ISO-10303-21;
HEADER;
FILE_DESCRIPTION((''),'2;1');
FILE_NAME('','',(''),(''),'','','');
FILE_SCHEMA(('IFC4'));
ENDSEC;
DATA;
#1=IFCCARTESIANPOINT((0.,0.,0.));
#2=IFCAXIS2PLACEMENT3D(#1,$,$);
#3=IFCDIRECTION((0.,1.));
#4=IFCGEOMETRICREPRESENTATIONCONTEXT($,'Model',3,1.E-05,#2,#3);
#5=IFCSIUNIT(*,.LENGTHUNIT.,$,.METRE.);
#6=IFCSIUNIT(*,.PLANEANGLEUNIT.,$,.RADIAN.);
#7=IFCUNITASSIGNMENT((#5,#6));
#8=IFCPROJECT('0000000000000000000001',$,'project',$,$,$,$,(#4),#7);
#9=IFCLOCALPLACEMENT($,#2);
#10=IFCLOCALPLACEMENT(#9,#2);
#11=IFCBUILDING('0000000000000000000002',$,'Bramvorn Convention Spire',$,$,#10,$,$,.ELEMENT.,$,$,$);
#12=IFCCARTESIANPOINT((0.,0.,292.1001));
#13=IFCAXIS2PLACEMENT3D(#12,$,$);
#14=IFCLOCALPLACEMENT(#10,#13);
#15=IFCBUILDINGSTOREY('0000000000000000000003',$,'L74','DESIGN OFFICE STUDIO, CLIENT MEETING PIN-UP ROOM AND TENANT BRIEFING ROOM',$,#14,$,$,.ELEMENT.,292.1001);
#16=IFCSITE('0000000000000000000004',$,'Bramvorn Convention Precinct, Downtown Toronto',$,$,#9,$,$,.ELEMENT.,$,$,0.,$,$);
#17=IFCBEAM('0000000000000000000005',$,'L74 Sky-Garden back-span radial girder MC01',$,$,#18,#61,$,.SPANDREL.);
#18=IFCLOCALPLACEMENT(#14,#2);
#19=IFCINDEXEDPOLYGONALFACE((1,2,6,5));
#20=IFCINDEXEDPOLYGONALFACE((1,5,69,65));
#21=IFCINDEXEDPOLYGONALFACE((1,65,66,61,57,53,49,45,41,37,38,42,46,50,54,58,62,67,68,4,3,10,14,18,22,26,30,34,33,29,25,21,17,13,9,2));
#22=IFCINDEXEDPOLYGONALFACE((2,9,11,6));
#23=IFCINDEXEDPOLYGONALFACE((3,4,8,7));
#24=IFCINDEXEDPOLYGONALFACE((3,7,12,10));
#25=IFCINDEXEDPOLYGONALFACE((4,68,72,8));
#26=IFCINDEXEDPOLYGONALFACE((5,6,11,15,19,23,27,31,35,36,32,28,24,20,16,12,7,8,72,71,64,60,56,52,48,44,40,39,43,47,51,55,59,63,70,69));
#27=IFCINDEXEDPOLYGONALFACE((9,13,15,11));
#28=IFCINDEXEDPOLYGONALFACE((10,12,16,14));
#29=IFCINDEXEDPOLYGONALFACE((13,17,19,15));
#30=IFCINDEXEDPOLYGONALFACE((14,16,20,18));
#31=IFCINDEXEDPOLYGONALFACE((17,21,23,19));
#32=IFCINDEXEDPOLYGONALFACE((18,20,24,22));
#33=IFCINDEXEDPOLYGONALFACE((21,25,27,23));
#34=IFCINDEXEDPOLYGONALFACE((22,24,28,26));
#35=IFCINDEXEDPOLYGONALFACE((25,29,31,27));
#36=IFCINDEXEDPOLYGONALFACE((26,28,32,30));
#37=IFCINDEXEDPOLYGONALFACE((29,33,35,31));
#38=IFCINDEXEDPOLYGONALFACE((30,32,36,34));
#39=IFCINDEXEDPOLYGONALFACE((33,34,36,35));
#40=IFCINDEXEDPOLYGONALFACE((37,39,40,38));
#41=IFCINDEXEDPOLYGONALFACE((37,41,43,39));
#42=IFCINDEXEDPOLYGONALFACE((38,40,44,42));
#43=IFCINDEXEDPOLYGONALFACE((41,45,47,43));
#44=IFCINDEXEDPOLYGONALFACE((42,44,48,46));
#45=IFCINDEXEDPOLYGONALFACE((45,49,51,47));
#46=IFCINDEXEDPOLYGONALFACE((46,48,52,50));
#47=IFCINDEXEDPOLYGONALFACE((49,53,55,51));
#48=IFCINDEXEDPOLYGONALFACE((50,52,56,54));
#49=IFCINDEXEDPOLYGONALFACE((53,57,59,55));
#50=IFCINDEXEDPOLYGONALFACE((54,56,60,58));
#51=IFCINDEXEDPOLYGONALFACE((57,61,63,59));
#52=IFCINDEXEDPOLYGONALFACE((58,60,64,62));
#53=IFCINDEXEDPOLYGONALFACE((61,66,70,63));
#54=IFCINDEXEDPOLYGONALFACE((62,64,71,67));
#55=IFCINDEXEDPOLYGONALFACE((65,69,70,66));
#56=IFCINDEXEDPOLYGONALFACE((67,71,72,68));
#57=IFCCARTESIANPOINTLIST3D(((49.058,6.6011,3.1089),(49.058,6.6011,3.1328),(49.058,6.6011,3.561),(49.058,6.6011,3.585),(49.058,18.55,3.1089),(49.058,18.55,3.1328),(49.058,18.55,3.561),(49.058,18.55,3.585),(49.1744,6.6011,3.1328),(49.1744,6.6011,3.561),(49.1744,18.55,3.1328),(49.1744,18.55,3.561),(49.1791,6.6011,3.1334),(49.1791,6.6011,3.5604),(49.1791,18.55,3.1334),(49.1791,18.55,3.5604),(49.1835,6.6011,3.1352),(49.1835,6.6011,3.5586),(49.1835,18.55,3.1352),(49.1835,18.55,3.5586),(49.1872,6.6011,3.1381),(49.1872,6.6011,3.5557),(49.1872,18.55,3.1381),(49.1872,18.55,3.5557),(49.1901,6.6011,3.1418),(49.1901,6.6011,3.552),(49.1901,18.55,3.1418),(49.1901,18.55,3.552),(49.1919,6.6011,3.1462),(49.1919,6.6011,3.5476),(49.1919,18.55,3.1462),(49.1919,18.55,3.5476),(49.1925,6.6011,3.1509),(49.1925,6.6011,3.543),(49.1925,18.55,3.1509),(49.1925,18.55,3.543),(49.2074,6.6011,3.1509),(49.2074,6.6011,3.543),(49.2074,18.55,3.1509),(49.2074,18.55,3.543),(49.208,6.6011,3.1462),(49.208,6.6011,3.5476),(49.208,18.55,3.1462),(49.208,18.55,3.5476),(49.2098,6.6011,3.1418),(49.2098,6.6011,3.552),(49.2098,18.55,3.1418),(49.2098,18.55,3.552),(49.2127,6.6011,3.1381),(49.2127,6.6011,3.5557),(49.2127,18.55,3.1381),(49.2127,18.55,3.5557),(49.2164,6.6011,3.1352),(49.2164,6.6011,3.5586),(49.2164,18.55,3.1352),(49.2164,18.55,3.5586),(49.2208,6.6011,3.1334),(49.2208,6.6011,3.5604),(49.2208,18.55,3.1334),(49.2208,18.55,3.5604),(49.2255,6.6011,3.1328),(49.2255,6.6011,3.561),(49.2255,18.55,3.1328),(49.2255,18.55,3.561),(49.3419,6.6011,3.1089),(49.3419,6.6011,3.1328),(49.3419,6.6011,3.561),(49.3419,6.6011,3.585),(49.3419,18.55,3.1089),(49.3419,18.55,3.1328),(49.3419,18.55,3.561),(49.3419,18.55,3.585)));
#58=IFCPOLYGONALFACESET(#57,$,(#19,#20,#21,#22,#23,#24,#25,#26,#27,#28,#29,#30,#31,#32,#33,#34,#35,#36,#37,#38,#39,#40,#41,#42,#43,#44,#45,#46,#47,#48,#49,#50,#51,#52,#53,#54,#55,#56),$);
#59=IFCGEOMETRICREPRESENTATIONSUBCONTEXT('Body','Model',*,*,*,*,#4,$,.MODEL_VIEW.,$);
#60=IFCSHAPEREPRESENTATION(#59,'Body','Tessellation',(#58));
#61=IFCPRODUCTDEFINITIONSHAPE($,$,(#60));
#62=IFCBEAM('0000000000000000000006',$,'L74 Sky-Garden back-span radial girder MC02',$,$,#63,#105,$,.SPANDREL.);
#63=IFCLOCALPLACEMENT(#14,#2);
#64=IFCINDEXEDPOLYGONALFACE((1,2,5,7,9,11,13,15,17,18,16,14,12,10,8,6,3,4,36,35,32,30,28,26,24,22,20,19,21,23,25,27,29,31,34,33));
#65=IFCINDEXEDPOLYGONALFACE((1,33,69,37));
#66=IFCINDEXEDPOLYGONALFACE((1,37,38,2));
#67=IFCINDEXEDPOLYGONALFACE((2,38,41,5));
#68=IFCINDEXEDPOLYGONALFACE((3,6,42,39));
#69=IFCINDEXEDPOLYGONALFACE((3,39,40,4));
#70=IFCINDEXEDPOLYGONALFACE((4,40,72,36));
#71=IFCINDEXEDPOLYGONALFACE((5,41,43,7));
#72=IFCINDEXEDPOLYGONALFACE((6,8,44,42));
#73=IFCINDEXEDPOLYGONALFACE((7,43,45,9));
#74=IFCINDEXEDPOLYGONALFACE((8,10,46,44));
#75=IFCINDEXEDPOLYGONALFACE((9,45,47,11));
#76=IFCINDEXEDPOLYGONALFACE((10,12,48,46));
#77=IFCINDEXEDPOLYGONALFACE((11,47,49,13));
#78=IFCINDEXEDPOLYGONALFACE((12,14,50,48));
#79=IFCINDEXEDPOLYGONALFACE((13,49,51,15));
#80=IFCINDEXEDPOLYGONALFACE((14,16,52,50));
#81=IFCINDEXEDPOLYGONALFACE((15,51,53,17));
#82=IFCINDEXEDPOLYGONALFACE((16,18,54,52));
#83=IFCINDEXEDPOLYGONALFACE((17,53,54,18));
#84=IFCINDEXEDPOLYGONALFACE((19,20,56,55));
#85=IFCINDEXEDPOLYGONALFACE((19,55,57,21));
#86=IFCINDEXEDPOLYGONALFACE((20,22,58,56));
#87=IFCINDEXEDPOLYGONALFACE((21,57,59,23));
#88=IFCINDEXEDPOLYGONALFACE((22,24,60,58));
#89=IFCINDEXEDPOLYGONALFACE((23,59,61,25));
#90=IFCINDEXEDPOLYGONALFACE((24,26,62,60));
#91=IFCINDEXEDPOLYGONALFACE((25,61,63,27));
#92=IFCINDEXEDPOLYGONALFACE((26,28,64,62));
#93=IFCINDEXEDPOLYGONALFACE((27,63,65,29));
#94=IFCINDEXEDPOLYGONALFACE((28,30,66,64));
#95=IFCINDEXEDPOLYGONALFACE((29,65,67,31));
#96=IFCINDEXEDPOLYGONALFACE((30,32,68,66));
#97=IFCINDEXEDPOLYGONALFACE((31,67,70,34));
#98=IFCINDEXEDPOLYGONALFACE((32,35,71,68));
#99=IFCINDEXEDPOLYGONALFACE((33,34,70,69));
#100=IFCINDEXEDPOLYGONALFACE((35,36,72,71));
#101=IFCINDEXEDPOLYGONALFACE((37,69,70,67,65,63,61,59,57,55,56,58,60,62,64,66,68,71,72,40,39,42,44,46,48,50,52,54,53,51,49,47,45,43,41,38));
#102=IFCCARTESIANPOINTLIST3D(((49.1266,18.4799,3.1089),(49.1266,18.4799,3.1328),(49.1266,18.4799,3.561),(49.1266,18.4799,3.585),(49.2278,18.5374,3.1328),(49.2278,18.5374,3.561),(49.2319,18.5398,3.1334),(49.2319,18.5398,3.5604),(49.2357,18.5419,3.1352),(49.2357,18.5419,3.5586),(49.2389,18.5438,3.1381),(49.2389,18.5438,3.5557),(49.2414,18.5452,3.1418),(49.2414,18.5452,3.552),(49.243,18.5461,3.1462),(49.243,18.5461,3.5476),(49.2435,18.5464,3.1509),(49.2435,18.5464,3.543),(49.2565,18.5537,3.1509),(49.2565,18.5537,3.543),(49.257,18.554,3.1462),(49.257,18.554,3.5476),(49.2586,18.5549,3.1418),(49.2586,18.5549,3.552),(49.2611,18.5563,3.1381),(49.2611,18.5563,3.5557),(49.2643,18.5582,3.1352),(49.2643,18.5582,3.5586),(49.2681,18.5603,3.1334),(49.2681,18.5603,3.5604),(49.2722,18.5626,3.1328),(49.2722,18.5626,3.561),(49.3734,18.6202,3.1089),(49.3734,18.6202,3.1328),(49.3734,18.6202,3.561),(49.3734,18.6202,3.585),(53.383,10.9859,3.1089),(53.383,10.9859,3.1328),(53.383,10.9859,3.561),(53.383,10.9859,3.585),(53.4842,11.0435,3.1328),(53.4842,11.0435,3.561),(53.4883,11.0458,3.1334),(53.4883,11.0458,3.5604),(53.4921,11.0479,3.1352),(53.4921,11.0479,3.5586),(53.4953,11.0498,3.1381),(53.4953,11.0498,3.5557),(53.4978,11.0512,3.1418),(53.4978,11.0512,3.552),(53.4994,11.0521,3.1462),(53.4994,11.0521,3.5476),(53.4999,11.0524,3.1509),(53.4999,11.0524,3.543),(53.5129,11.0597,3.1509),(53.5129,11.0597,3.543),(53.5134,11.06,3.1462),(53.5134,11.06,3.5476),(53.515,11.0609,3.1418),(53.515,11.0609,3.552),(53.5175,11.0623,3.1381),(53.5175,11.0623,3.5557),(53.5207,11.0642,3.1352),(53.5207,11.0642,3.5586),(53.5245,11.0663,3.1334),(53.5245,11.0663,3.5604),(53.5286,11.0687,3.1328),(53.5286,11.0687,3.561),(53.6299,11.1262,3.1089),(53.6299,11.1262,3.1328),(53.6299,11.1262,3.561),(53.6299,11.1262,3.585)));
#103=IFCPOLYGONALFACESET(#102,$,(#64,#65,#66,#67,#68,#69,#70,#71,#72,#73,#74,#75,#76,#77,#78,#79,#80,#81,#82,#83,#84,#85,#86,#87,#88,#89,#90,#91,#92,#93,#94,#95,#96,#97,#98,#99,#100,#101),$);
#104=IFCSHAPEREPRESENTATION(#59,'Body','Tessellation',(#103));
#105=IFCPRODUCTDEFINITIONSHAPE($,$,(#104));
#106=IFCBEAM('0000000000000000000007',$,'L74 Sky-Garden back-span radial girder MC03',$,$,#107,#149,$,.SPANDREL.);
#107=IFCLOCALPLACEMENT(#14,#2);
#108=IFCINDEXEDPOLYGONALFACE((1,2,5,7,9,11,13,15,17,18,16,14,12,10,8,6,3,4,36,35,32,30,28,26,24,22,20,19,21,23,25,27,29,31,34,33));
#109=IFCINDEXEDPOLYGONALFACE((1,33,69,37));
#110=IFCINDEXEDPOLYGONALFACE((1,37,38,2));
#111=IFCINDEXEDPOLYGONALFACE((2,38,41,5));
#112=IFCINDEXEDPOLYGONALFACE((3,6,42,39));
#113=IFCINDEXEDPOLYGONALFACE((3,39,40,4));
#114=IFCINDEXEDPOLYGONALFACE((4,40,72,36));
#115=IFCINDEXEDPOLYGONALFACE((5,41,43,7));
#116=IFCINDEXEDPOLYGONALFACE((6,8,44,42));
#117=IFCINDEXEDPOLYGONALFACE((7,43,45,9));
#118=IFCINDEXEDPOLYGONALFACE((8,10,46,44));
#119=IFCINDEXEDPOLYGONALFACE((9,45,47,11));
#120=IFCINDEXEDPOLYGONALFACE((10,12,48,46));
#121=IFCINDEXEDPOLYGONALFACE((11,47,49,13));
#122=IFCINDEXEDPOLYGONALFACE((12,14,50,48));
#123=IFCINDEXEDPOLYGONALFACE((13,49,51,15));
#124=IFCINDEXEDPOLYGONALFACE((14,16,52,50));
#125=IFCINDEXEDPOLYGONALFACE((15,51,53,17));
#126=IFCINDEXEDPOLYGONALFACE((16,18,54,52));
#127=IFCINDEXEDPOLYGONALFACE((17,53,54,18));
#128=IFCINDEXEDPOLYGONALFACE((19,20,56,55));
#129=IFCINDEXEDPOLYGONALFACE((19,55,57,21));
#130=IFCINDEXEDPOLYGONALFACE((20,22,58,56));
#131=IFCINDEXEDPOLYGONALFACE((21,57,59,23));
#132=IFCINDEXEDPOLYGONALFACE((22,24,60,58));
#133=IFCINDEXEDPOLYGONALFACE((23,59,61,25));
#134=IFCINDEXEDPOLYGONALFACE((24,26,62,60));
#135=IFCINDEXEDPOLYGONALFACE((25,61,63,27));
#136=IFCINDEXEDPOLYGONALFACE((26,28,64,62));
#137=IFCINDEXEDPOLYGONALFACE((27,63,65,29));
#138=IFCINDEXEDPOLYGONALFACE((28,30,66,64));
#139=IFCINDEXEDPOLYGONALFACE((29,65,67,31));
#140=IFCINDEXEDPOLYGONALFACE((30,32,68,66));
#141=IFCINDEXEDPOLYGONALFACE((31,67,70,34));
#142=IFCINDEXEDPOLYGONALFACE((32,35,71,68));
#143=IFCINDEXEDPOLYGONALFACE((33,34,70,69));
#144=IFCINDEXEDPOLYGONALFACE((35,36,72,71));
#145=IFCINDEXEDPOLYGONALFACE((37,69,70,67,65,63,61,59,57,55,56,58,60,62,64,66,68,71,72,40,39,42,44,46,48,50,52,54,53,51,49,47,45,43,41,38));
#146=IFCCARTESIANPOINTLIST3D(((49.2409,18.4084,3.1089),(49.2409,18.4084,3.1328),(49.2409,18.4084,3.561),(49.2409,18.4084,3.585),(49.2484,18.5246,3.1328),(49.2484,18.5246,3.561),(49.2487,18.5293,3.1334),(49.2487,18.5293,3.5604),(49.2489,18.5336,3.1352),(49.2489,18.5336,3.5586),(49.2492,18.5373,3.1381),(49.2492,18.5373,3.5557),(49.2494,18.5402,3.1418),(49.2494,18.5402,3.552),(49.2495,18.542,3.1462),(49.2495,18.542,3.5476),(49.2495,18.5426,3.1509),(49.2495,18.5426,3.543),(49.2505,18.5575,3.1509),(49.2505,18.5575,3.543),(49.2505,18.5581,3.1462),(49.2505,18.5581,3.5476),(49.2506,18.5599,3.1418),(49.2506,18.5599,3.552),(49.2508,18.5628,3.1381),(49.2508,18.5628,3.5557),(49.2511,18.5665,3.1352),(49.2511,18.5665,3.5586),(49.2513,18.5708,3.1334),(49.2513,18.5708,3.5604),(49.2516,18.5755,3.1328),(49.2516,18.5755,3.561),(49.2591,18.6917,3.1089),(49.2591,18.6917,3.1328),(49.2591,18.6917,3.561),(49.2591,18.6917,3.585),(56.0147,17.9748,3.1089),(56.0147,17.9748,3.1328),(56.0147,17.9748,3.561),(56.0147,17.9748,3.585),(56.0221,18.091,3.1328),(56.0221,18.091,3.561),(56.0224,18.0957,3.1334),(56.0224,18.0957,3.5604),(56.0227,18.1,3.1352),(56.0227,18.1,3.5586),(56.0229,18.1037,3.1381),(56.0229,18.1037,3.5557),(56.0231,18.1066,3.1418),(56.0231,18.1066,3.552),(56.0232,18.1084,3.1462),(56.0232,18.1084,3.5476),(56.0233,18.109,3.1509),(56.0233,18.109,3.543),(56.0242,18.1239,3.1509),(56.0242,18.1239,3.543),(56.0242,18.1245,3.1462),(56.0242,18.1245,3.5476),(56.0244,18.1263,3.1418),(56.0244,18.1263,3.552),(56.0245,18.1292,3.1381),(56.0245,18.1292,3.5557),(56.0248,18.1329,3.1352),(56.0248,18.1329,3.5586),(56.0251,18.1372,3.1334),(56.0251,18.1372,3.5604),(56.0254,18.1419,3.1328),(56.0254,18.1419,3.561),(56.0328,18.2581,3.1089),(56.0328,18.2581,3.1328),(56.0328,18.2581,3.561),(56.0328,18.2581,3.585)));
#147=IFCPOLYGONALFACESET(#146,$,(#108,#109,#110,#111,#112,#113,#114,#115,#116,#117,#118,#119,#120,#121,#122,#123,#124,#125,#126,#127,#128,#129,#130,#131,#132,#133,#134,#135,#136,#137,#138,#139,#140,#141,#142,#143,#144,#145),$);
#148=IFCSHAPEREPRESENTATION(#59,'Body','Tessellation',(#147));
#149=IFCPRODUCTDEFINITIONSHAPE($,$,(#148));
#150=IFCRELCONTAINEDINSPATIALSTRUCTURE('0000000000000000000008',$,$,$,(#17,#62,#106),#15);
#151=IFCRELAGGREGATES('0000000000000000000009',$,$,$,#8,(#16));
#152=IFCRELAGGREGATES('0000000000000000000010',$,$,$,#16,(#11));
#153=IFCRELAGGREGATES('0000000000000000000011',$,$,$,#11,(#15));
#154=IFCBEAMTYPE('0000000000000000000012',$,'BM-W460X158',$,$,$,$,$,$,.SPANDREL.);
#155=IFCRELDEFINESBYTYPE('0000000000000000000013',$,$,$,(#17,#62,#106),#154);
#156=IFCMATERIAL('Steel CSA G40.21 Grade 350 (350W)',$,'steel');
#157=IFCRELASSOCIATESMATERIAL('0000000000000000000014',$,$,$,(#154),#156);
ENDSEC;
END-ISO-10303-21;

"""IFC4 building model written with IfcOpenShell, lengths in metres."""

from ifc_helpers import new_model, si_unit, direction, frame, origin, origin_2d, place, context, subcontext, project, spatial, i_section, extrude, material, material_profile, profile_set, type_object, element, save


model = new_model("IFC4")

# Units and contexts
model_context = context("Model", 3, precision=1e-05, world=origin(), true_north=direction((0.0, 1.0)))
body_context = subcontext(model_context, "Body", "Model", "MODEL_VIEW")
ifc_project = project(units=[si_unit("LENGTHUNIT", "METRE"), si_unit("PLANEANGLEUNIT", "RADIAN")], contexts=[model_context])

# Site, building, storey
site_placement = place(None, origin())
site = spatial("IfcSite", under=ifc_project, at=site_placement, Name="Bramvorn Convention Precinct, Downtown Toronto", CompositionType="ELEMENT", RefElevation=0.0)
building_placement = place(site_placement, origin())
building = spatial("IfcBuilding", under=site, at=building_placement, Name="Bramvorn Convention Spire", CompositionType="ELEMENT")
storey_placement = place(building_placement, frame((0.0, 0.0, 292.1001)))
storey = spatial("IfcBuildingStorey", under=building, at=storey_placement, Name="L74", Description="DESIGN OFFICE STUDIO, CLIENT MEETING PIN-UP ROOM AND TENANT BRIEFING ROOM", CompositionType="ELEMENT", Elevation=292.1001)

# Beams
ifc_material_1 = material(Name="Steel CSA G40.21 Grade 350 (350W)", Category="steel")
ifc_material_profile_1 = material_profile(ifc_material_1, i_section(OverallWidth=0.2839, OverallDepth=0.4761, WebThickness=0.0149, FlangeThickness=0.0239, FilletRadius=0.0181, at=origin_2d()))
ifc_profile_set_1 = profile_set([ifc_material_profile_1], Name="Steel CSA G40.21 Grade 350 (350W) - W460X158")
beam_type_1 = type_object("IfcBeamType", Name="BM-W460X158", PredefinedType="SPANDREL", material=ifc_profile_set_1)
beam_1_placement = place(storey_placement, frame((49.2, 18.55, 3.3469), z_axis=(0.0, -1.0, 0.0), x_axis=(1.0, 0.0, 0.0)))
element("IfcBeam", 1, at=beam_1_placement, inside=storey, type_object=beam_type_1, Name="L74 Sky-Garden back-span radial girder MC01", PredefinedType="SPANDREL", context=body_context, shape_type="SweptSolid", body=[
    extrude(i_section(OverallWidth=0.2839, OverallDepth=0.4761, WebThickness=0.0149, FlangeThickness=0.0239, FilletRadius=0.0181, at=origin_2d()), origin(), (0.0, 0.0, 1.0), 11.949),
])
beam_2_placement = place(storey_placement, frame((49.25, 18.55, 3.3469), z_axis=(0.493874, -0.869534, 0.0), x_axis=(0.869534, 0.493874, 0.0)))
element("IfcBeam", 2, at=beam_2_placement, inside=storey, type_object=beam_type_1, Name="L74 Sky-Garden back-span radial girder MC02", PredefinedType="SPANDREL", context=body_context, shape_type="SweptSolid", body=[
    extrude(i_section(OverallWidth=0.2839, OverallDepth=0.4761, WebThickness=0.0149, FlangeThickness=0.0239, FilletRadius=0.0181, at=origin_2d()), origin(), (0.0, 0.0, 1.0), 8.6184),
])
beam_3_placement = place(storey_placement, frame((49.25, 18.55, 3.3469), z_axis=(0.997958, -0.063881, 0.0), x_axis=(0.063881, 0.997958, 0.0)))
element("IfcBeam", 3, at=beam_3_placement, inside=storey, type_object=beam_type_1, Name="L74 Sky-Garden back-span radial girder MC03", PredefinedType="SPANDREL", context=body_context, shape_type="SweptSolid", body=[
    extrude(i_section(OverallWidth=0.2839, OverallDepth=0.4761, WebThickness=0.0149, FlangeThickness=0.0239, FilletRadius=0.0181, at=origin_2d()), origin(), (0.0, 0.0, 1.0), 6.7876),
])

save(model, "model.ifc")
